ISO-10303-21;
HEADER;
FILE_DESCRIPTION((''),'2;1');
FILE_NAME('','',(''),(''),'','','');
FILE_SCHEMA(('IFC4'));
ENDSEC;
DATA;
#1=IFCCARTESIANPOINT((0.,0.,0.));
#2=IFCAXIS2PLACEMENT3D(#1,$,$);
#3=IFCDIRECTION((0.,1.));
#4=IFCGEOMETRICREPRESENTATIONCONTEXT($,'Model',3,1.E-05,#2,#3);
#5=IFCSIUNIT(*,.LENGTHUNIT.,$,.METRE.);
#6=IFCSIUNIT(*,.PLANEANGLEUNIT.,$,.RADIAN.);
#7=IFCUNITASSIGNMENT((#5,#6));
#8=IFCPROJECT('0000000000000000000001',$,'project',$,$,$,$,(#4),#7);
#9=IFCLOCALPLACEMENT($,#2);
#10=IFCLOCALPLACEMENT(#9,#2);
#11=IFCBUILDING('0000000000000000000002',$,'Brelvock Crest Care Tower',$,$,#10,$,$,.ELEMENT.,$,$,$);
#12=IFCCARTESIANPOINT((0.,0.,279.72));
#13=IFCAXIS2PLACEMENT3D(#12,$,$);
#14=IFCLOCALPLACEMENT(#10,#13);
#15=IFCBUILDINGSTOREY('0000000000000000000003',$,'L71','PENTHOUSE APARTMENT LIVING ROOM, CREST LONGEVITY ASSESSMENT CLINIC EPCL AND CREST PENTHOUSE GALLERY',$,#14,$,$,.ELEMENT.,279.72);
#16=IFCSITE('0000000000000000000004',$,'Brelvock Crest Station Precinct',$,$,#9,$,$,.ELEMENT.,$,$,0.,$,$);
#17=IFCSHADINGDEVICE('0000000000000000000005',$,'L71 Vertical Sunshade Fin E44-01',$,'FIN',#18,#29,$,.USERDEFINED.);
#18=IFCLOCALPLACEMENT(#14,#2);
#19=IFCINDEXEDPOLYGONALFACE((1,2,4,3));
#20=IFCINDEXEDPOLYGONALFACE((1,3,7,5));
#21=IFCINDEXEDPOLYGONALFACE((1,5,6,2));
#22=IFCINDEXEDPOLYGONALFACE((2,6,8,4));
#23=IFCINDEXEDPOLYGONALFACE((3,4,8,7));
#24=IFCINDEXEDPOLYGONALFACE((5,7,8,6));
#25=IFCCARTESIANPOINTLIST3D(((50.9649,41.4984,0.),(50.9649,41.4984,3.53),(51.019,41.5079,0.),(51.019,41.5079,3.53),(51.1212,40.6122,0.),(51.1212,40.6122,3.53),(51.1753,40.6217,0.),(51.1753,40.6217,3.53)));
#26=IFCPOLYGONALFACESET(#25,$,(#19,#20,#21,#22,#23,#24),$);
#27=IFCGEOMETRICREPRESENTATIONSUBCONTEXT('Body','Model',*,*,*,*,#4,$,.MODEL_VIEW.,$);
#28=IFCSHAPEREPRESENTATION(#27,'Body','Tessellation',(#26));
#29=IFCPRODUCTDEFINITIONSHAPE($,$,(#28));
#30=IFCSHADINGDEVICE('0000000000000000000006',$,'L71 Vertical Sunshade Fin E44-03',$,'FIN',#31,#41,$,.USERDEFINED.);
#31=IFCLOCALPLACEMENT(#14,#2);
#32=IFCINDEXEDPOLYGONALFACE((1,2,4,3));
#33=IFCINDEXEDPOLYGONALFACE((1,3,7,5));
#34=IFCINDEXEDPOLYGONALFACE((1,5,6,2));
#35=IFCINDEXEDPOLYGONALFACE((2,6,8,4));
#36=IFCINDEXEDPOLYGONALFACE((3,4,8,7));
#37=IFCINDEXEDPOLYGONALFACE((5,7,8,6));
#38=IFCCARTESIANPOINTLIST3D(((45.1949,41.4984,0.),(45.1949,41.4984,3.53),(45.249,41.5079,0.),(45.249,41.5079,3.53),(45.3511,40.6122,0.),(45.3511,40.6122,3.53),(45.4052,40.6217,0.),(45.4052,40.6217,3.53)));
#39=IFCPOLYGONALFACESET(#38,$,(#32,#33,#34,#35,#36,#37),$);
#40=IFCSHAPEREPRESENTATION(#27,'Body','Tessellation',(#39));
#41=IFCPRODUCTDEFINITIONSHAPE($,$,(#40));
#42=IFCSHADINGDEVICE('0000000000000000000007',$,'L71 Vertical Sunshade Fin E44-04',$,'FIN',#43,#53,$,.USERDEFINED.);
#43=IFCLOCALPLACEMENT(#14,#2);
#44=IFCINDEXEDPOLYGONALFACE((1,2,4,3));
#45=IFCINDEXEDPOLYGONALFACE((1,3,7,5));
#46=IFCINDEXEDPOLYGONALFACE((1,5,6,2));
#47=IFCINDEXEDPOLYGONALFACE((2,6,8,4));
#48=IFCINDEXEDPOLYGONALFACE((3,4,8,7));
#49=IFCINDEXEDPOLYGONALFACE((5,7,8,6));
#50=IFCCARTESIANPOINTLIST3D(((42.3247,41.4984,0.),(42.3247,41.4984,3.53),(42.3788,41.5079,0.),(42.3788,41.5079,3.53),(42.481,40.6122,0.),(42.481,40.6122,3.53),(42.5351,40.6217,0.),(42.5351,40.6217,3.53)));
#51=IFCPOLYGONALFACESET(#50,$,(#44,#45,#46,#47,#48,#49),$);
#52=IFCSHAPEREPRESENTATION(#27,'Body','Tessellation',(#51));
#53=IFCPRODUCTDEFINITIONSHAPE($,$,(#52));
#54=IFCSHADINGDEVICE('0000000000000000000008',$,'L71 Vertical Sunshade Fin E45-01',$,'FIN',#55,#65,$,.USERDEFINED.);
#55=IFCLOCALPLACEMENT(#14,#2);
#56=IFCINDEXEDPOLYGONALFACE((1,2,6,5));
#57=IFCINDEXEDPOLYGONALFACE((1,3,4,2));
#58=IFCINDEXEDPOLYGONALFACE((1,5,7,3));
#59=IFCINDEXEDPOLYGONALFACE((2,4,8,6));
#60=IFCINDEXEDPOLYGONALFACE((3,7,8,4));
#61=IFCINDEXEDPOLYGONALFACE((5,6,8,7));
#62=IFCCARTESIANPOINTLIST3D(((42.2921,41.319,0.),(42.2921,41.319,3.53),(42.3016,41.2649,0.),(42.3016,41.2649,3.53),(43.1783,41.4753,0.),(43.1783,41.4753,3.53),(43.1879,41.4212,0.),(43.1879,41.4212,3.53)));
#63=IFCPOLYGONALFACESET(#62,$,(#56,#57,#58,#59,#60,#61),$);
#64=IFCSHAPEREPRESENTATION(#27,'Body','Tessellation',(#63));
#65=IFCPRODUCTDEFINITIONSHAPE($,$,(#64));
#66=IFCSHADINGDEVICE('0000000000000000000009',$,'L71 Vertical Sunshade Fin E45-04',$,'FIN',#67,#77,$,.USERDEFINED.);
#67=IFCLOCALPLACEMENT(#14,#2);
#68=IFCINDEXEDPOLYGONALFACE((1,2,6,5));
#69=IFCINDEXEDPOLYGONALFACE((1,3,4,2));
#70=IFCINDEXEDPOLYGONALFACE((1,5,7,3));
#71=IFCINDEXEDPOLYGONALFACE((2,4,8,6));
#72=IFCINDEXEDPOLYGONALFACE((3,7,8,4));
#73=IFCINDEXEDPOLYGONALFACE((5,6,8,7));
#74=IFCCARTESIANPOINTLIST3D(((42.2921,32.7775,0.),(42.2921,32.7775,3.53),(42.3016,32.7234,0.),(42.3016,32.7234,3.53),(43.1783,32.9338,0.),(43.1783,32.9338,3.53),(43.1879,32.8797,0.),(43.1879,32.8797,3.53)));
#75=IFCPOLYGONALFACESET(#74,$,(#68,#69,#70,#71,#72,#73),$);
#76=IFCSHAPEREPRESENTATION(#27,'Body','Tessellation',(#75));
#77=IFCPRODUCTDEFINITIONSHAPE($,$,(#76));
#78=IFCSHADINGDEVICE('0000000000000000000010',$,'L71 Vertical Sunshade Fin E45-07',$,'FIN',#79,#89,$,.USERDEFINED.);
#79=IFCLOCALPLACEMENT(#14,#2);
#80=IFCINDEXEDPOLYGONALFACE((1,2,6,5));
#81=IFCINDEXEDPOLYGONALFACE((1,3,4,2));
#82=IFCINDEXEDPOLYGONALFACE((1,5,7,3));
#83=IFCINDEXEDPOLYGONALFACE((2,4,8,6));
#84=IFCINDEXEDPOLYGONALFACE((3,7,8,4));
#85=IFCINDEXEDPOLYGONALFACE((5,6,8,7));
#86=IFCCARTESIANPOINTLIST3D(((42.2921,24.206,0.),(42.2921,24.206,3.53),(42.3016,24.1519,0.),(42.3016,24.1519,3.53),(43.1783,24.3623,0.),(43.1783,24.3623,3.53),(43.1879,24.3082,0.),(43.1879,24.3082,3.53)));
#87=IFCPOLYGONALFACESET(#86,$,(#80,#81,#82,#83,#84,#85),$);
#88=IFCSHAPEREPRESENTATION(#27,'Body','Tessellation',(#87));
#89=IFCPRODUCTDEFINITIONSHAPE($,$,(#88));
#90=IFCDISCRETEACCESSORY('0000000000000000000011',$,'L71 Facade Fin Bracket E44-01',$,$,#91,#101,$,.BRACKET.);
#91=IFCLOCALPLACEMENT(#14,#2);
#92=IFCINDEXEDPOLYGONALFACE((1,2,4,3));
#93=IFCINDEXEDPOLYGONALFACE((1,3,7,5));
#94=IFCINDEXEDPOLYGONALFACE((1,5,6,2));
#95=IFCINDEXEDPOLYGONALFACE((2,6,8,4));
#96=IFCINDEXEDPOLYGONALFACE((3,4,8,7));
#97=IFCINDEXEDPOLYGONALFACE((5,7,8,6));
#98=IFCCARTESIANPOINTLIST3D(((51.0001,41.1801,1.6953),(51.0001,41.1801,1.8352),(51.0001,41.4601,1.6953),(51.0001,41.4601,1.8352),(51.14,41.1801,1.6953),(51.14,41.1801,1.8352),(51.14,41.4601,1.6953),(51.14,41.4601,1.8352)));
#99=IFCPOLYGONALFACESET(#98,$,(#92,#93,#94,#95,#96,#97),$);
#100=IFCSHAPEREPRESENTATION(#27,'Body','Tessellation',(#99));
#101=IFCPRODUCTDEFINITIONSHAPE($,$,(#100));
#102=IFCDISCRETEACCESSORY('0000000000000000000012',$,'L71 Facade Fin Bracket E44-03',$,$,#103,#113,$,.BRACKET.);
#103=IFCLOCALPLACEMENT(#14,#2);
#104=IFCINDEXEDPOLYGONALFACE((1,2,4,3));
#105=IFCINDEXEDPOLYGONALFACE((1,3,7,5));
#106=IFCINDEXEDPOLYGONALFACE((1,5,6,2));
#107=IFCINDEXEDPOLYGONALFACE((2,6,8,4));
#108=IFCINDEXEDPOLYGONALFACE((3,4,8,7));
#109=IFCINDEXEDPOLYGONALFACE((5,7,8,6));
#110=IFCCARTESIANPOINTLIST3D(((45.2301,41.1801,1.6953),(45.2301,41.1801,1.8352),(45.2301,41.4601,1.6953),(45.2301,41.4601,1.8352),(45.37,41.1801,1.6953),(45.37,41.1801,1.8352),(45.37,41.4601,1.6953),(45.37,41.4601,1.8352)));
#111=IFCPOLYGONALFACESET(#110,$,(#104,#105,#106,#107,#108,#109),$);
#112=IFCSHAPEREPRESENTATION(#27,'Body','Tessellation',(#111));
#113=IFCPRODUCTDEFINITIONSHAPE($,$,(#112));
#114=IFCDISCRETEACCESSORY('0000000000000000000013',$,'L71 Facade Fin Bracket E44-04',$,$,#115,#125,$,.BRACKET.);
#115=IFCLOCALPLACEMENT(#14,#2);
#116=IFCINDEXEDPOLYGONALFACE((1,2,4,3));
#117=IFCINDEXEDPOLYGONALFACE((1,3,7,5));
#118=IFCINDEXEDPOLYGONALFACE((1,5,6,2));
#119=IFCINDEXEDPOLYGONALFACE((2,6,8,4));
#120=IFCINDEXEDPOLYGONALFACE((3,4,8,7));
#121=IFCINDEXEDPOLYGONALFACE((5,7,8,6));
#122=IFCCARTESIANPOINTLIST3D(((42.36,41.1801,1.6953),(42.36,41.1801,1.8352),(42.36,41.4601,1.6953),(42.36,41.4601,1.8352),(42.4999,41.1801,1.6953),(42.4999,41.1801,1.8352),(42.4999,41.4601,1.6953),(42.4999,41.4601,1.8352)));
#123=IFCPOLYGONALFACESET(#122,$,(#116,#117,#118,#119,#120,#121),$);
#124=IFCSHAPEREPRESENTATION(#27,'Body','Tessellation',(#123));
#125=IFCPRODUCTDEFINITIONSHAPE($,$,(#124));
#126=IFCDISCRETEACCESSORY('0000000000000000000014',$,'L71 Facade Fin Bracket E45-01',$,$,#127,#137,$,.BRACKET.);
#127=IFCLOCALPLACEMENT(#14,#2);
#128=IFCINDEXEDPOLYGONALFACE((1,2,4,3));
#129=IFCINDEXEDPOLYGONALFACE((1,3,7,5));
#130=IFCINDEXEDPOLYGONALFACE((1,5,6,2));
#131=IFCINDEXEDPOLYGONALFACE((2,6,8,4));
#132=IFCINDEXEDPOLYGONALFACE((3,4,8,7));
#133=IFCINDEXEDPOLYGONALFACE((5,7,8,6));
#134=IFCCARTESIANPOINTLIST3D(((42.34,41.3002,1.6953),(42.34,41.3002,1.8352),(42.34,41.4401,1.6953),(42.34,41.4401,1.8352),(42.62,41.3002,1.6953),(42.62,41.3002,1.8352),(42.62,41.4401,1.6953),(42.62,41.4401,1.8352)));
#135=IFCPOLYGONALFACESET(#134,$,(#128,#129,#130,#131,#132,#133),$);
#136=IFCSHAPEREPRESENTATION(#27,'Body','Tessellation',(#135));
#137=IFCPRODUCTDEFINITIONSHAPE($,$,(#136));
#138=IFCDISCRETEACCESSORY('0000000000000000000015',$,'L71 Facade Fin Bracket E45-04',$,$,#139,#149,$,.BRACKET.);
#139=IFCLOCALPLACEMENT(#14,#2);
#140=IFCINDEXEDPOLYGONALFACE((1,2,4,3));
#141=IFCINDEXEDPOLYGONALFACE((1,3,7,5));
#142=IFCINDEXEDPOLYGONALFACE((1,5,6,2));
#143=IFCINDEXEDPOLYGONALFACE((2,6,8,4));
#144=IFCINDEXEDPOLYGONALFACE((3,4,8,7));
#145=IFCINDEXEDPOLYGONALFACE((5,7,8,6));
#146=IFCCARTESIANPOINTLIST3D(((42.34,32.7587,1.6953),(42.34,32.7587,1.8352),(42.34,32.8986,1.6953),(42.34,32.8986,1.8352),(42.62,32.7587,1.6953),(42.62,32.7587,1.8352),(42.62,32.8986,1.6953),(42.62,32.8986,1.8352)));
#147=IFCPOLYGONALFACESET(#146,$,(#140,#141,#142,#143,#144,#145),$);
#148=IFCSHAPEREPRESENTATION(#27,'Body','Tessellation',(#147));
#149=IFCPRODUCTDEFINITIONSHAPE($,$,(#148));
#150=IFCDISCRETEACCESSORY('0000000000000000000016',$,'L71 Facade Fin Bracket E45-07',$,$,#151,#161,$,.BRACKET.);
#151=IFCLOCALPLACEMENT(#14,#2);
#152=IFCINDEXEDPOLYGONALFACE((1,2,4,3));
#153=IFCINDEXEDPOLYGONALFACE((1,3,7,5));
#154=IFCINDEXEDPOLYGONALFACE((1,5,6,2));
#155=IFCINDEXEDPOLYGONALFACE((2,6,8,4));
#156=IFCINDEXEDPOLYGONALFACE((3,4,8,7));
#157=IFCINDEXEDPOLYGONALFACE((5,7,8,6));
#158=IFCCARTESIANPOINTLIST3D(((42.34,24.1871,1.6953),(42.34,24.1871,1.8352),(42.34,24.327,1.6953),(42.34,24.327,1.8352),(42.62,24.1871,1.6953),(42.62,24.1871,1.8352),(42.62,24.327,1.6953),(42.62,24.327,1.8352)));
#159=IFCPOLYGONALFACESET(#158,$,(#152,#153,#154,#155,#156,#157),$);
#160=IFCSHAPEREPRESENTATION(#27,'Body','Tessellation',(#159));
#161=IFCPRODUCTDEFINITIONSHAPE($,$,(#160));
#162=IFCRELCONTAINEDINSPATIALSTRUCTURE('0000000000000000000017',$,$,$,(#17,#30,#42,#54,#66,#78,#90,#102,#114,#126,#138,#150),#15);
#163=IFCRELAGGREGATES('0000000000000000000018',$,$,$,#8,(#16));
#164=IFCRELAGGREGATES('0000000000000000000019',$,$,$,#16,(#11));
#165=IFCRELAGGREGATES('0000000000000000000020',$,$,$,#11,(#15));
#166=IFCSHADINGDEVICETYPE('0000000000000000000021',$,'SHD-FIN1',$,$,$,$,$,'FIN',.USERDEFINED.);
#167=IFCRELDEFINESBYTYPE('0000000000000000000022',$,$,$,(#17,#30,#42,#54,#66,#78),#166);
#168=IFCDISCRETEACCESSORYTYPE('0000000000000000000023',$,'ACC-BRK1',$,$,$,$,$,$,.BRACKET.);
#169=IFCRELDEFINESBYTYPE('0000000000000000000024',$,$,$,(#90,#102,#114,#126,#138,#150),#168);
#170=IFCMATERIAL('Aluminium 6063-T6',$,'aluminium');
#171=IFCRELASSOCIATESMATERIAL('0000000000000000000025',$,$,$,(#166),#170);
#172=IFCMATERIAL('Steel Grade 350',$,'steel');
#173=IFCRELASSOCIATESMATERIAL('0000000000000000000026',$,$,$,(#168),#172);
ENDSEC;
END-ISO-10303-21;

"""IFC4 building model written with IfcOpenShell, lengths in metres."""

from ifc_helpers import new_model, si_unit, direction, frame, origin, origin_2d, place, context, subcontext, project, spatial, rectangle, extrude, source, transform, mapped, material, material_profile, profile_set, type_object, element, save


model = new_model("IFC4")

# Units and contexts
model_context = context("Model", 3, precision=1e-05, world=origin(), true_north=direction((0.0, 1.0)))
body_context = subcontext(model_context, "Body", "Model", "MODEL_VIEW")
ifc_project = project(units=[si_unit("LENGTHUNIT", "METRE"), si_unit("PLANEANGLEUNIT", "RADIAN")], contexts=[model_context])

# Site, building, storey
site_placement = place(None, origin())
site = spatial("IfcSite", under=ifc_project, at=site_placement, Name="Brelvock Crest Station Precinct", CompositionType="ELEMENT", RefElevation=0.0)
building_placement = place(site_placement, origin())
building = spatial("IfcBuilding", under=site, at=building_placement, Name="Brelvock Crest Care Tower", CompositionType="ELEMENT")
storey_placement = place(building_placement, frame((0.0, 0.0, 279.72)))
storey = spatial("IfcBuildingStorey", under=building, at=storey_placement, Name="L71", Description="PENTHOUSE APARTMENT LIVING ROOM, CREST LONGEVITY ASSESSMENT CLINIC EPCL AND CREST PENTHOUSE GALLERY", CompositionType="ELEMENT", Elevation=279.72)

# Shared definitions
ifc_material_1 = material(Name="Steel Grade 350", Category="steel")

# Shared definitions
ifc_material_2 = material(Name="Aluminium 6063-T6", Category="aluminium")

# Shading devices
ifc_material_profile_1 = material_profile(ifc_material_2, rectangle(XDim=0.0549, YDim=0.8999, at=origin_2d()), Name="FIN55x900")
ifc_profile_set_1 = profile_set([ifc_material_profile_1], Name="Aluminium 6063-T6")
shading_device_type = type_object("IfcShadingDeviceType", Name="SHD-FIN1", ElementType="FIN", PredefinedType="USERDEFINED", material=ifc_profile_set_1)
shared_shape_1 = source(origin(), body_context, "Body", "SweptSolid", [
    extrude(rectangle(XDim=0.0549, YDim=0.8999, at=origin_2d()), origin(), (0.0, 0.0, 1.0), 3.53),
])
for number, where, z_axis, x_axis, name in (
    (1, (51.0701, 41.0601, 0.0), (0.0, 0.0, 1.0), (-0.984808, -0.173648, 0.0), "L71 Vertical Sunshade Fin E44-01"),
    (2, (45.3, 41.0601, 0.0), (0.0, 0.0, 1.0), (-0.984808, -0.173648, 0.0), "L71 Vertical Sunshade Fin E44-03"),
    (3, (42.4299, 41.0601, 0.0), (0.0, 0.0, 1.0), (-0.984808, -0.173648, 0.0), "L71 Vertical Sunshade Fin E44-04"),
    (4, (42.74, 41.3701, 0.0), (0.0, 0.0, 1.0), (0.173648, -0.984808, 0.0), "L71 Vertical Sunshade Fin E45-01"),
    (5, (42.74, 32.8286, 0.0), (0.0, 0.0, 1.0), (0.173648, -0.984808, 0.0), "L71 Vertical Sunshade Fin E45-04"),
    (6, (42.74, 24.2571, 0.0), (0.0, 0.0, 1.0), (0.173648, -0.984808, 0.0), "L71 Vertical Sunshade Fin E45-07"),
):
    element("IfcShadingDevice", number, at=place(storey_placement, frame(where, z_axis=z_axis, x_axis=x_axis)), inside=storey, type_object=shading_device_type, Name=name, ObjectType="FIN", PredefinedType="USERDEFINED", context=body_context, shape_type="MappedRepresentation", body=[
        mapped(shared_shape_1, transform((0.0, 0.0, 0.0), x_axis=(1.0, 0.0, 0.0), y_axis=(0.0, 1.0, 0.0), z_axis=(0.0, 0.0, 1.0), scale=1.0)),
    ])

# Discrete accessories
discrete_accessory_type = type_object("IfcDiscreteAccessoryType", Name="ACC-BRK1", PredefinedType="BRACKET", material=ifc_material_1)
shared_shape_2 = source(origin(), body_context, "Body", "SweptSolid", [
    extrude(rectangle(XDim=0.28, YDim=0.1399, at=origin_2d()), origin(), (0.0, 0.0, 1.0), 0.1399),
])
for number, where, z_axis, x_axis, name in (
    (7, (51.0701, 41.3201, 1.6953), (0.0, 0.0, 1.0), (0.0, -1.0, 0.0), "L71 Facade Fin Bracket E44-01"),
    (8, (45.3, 41.3201, 1.6953), (0.0, 0.0, 1.0), (0.0, -1.0, 0.0), "L71 Facade Fin Bracket E44-03"),
    (9, (42.4299, 41.3201, 1.6953), (0.0, 0.0, 1.0), (0.0, -1.0, 0.0), "L71 Facade Fin Bracket E44-04"),
    (10, (42.48, 41.3701, 1.6953), (0.0, 0.0, 1.0), (1.0, 0.0, 0.0), "L71 Facade Fin Bracket E45-01"),
    (11, (42.48, 32.8286, 1.6953), (0.0, 0.0, 1.0), (1.0, 0.0, 0.0), "L71 Facade Fin Bracket E45-04"),
    (12, (42.48, 24.2571, 1.6953), (0.0, 0.0, 1.0), (1.0, 0.0, 0.0), "L71 Facade Fin Bracket E45-07"),
):
    element("IfcDiscreteAccessory", number, at=place(storey_placement, frame(where, z_axis=z_axis, x_axis=x_axis)), inside=storey, type_object=discrete_accessory_type, Name=name, PredefinedType="BRACKET", context=body_context, shape_type="MappedRepresentation", body=[
        mapped(shared_shape_2, transform((0.0, 0.0, 0.0), x_axis=(1.0, 0.0, 0.0), y_axis=(0.0, 1.0, 0.0), z_axis=(0.0, 0.0, 1.0), scale=1.0)),
    ])

save(model, "model.ifc")
